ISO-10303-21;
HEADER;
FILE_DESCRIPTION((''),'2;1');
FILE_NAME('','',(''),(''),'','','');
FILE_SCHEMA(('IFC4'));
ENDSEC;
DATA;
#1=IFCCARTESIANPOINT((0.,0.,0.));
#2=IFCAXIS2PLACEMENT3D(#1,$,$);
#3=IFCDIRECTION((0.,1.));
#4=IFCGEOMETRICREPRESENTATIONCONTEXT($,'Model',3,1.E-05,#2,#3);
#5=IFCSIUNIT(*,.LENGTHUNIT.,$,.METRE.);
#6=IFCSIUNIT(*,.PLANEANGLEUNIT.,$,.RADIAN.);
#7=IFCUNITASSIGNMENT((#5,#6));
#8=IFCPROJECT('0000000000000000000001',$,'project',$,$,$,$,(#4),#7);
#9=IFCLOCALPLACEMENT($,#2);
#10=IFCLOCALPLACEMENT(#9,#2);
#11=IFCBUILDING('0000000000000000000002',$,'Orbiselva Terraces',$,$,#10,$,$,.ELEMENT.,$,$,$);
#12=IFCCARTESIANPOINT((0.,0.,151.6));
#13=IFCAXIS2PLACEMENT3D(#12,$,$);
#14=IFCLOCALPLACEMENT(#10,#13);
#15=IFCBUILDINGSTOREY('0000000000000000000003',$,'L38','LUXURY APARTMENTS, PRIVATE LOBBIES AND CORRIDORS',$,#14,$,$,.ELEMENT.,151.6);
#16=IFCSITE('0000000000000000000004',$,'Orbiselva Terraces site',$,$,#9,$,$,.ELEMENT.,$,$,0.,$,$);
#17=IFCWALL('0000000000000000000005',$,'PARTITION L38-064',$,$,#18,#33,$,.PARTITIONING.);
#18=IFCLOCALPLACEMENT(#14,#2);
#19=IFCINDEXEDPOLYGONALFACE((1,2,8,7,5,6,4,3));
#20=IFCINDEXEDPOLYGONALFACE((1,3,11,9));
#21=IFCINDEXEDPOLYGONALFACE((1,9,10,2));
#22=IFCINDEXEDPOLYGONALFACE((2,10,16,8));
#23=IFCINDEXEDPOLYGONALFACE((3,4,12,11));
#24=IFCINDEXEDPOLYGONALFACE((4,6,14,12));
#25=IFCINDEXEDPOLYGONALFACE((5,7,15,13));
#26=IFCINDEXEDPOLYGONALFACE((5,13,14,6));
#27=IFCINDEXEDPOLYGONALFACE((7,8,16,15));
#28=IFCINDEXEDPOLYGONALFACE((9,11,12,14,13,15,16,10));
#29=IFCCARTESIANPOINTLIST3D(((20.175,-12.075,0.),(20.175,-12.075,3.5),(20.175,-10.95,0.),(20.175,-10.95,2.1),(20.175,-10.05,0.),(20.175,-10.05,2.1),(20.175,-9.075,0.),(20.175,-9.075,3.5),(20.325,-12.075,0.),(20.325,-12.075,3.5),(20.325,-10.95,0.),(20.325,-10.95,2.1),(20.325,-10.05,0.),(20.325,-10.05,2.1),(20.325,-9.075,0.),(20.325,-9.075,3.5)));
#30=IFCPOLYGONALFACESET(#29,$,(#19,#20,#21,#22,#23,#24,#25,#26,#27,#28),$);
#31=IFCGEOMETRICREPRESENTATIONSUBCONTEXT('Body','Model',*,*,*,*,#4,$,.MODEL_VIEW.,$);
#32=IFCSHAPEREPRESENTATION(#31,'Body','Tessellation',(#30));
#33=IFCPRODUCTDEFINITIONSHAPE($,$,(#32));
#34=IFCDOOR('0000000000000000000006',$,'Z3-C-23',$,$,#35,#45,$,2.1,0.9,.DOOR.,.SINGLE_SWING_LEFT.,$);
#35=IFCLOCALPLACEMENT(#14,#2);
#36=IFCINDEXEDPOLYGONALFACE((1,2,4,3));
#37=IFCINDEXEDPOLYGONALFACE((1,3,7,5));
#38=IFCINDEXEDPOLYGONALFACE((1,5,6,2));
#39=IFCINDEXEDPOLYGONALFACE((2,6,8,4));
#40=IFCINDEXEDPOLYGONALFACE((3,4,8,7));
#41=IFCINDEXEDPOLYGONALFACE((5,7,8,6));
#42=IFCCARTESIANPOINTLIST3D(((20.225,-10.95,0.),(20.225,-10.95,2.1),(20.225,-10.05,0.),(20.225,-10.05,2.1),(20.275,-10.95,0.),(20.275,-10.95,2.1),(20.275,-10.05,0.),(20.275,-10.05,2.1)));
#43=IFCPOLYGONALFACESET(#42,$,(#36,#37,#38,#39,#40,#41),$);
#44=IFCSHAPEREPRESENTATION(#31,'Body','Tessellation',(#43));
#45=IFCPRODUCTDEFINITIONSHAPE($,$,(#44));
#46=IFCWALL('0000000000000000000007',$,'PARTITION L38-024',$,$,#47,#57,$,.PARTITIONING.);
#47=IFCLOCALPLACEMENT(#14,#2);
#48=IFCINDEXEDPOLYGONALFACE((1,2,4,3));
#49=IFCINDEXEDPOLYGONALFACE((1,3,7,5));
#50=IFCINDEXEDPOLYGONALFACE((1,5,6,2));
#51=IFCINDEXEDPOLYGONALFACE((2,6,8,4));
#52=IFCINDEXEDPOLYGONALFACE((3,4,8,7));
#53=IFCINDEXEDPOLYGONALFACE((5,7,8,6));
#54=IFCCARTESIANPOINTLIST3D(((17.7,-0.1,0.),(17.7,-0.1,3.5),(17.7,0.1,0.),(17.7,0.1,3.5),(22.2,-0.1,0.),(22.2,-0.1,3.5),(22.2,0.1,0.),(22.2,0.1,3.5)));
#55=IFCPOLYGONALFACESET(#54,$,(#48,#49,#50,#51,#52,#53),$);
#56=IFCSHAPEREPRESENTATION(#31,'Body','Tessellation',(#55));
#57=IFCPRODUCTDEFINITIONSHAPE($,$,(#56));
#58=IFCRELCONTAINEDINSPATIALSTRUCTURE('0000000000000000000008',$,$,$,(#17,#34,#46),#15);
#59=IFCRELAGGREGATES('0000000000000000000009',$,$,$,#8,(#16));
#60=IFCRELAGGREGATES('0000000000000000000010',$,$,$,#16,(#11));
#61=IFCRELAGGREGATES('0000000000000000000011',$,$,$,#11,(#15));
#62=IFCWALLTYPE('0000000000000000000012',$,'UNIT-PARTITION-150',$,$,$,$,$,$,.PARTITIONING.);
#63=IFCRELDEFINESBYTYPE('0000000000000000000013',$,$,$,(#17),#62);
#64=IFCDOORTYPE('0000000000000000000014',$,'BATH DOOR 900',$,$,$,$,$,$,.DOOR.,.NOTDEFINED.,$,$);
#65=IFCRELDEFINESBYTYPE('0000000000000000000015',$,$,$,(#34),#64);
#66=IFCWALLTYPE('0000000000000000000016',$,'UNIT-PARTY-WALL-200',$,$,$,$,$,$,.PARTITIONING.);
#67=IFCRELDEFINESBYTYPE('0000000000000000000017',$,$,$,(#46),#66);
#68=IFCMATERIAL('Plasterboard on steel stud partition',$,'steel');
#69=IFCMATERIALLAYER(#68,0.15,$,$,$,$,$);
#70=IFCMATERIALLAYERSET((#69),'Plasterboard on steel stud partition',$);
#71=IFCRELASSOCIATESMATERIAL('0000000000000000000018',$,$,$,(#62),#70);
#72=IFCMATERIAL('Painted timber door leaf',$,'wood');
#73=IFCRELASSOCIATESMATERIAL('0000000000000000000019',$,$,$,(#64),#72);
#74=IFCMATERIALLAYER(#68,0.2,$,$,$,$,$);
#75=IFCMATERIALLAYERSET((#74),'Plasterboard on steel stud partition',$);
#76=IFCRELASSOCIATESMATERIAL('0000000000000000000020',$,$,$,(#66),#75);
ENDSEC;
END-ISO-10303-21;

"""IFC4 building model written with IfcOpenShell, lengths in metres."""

from ifc_helpers import new_model, si_unit, direction, frame, frame_2d, origin, place, context, subcontext, project, spatial, rectangle, extrude, material, layer, layer_set, type_object, element, fill, save


model = new_model("IFC4")

# Units and contexts
model_context = context("Model", 3, precision=1e-05, world=origin(), true_north=direction((0.0, 1.0)))
body_context = subcontext(model_context, "Body", "Model", "MODEL_VIEW")
ifc_project = project(units=[si_unit("LENGTHUNIT", "METRE"), si_unit("PLANEANGLEUNIT", "RADIAN")], contexts=[model_context])

# Site, building, storey
site_placement = place(None, origin())
site = spatial("IfcSite", under=ifc_project, at=site_placement, Name="Orbiselva Terraces site", CompositionType="ELEMENT", RefElevation=0.0)
building_placement = place(site_placement, origin())
building = spatial("IfcBuilding", under=site, at=building_placement, Name="Orbiselva Terraces", CompositionType="ELEMENT")
storey_placement = place(building_placement, frame((0.0, 0.0, 151.6)))
storey = spatial("IfcBuildingStorey", under=building, at=storey_placement, Name="L38", Description="LUXURY APARTMENTS, PRIVATE LOBBIES AND CORRIDORS", CompositionType="ELEMENT", Elevation=151.6)

# Shared definitions
ifc_material_1 = material(Name="Plasterboard on steel stud partition", Category="steel")
ifc_material_2 = material(Name="Painted timber door leaf", Category="wood")

# Shared definitions
ifc_layer_1 = layer(ifc_material_1, 0.15)
ifc_layer_set_1 = layer_set([ifc_layer_1], Name="Plasterboard on steel stud partition")
wall_type_1 = type_object("IfcWallType", Name="UNIT-PARTITION-150", PredefinedType="PARTITIONING", material=ifc_layer_set_1)
door_type_1 = type_object("IfcDoorType", Name="BATH DOOR 900", OperationType="NOTDEFINED", PredefinedType="DOOR", material=ifc_material_2)

# Wall, opening, door
wall_1_placement = place(storey_placement, frame((20.25, -9.075, 0.0), z_axis=(0.0, 0.0, 1.0), x_axis=(0.0, -1.0, 0.0)))
wall_1 = element("IfcWall", 1, at=wall_1_placement, inside=storey, type_object=wall_type_1, Name="PARTITION L38-064", PredefinedType="PARTITIONING", context=body_context, shape_type="SweptSolid", body=[
    extrude(rectangle(XDim=3.0, YDim=0.15, at=frame_2d((1.5, 0.0))), origin(), (0.0, 0.0, 1.0), 3.5),
])
opening_1_placement = place(wall_1_placement, frame((0.975, 0.0, 0.0)))
opening_1 = element("IfcOpeningElement", 2, at=opening_1_placement, cuts=wall_1, PredefinedType="OPENING", context=body_context, shape_type="SweptSolid", body=[
    extrude(rectangle(XDim=0.9, YDim=2.1, at=frame_2d((0.45, 1.05))), frame((0.0, 0.085, 0.0), z_axis=(0.0, -1.0, 0.0), x_axis=(1.0, 0.0, 0.0)), (0.0, 0.0, 1.0), 0.17),
])
door_1_placement = place(opening_1_placement, origin())
door_1 = element("IfcDoor", 3, at=door_1_placement, inside=storey, type_object=door_type_1, Name="Z3-C-23", OperationType="SINGLE_SWING_LEFT", OverallHeight=2.1, OverallWidth=0.9, PredefinedType="DOOR", context=body_context, shape_type="SweptSolid", body=[
    extrude(rectangle(XDim=0.9, YDim=2.1, at=frame_2d((0.45, 1.05))), frame((0.0, 0.025, 0.0), z_axis=(0.0, -1.0, 0.0), x_axis=(1.0, 0.0, 0.0)), (0.0, 0.0, 1.0), 0.05),
])
fill(opening_1, door_1)

# Wall
ifc_layer_2 = layer(ifc_material_1, 0.2)
ifc_layer_set_2 = layer_set([ifc_layer_2], Name="Plasterboard on steel stud partition")
wall_type_2 = type_object("IfcWallType", Name="UNIT-PARTY-WALL-200", PredefinedType="PARTITIONING", material=ifc_layer_set_2)
wall_2_placement = place(storey_placement, frame((17.7, 0.0, 0.0), z_axis=(0.0, 0.0, 1.0), x_axis=(1.0, 0.0, 0.0)))
element("IfcWall", 4, at=wall_2_placement, inside=storey, type_object=wall_type_2, Name="PARTITION L38-024", PredefinedType="PARTITIONING", context=body_context, shape_type="SweptSolid", body=[
    extrude(rectangle(XDim=4.5, YDim=0.2, at=frame_2d((2.25, 0.0))), origin(), (0.0, 0.0, 1.0), 3.5),
])

save(model, "model.ifc")
